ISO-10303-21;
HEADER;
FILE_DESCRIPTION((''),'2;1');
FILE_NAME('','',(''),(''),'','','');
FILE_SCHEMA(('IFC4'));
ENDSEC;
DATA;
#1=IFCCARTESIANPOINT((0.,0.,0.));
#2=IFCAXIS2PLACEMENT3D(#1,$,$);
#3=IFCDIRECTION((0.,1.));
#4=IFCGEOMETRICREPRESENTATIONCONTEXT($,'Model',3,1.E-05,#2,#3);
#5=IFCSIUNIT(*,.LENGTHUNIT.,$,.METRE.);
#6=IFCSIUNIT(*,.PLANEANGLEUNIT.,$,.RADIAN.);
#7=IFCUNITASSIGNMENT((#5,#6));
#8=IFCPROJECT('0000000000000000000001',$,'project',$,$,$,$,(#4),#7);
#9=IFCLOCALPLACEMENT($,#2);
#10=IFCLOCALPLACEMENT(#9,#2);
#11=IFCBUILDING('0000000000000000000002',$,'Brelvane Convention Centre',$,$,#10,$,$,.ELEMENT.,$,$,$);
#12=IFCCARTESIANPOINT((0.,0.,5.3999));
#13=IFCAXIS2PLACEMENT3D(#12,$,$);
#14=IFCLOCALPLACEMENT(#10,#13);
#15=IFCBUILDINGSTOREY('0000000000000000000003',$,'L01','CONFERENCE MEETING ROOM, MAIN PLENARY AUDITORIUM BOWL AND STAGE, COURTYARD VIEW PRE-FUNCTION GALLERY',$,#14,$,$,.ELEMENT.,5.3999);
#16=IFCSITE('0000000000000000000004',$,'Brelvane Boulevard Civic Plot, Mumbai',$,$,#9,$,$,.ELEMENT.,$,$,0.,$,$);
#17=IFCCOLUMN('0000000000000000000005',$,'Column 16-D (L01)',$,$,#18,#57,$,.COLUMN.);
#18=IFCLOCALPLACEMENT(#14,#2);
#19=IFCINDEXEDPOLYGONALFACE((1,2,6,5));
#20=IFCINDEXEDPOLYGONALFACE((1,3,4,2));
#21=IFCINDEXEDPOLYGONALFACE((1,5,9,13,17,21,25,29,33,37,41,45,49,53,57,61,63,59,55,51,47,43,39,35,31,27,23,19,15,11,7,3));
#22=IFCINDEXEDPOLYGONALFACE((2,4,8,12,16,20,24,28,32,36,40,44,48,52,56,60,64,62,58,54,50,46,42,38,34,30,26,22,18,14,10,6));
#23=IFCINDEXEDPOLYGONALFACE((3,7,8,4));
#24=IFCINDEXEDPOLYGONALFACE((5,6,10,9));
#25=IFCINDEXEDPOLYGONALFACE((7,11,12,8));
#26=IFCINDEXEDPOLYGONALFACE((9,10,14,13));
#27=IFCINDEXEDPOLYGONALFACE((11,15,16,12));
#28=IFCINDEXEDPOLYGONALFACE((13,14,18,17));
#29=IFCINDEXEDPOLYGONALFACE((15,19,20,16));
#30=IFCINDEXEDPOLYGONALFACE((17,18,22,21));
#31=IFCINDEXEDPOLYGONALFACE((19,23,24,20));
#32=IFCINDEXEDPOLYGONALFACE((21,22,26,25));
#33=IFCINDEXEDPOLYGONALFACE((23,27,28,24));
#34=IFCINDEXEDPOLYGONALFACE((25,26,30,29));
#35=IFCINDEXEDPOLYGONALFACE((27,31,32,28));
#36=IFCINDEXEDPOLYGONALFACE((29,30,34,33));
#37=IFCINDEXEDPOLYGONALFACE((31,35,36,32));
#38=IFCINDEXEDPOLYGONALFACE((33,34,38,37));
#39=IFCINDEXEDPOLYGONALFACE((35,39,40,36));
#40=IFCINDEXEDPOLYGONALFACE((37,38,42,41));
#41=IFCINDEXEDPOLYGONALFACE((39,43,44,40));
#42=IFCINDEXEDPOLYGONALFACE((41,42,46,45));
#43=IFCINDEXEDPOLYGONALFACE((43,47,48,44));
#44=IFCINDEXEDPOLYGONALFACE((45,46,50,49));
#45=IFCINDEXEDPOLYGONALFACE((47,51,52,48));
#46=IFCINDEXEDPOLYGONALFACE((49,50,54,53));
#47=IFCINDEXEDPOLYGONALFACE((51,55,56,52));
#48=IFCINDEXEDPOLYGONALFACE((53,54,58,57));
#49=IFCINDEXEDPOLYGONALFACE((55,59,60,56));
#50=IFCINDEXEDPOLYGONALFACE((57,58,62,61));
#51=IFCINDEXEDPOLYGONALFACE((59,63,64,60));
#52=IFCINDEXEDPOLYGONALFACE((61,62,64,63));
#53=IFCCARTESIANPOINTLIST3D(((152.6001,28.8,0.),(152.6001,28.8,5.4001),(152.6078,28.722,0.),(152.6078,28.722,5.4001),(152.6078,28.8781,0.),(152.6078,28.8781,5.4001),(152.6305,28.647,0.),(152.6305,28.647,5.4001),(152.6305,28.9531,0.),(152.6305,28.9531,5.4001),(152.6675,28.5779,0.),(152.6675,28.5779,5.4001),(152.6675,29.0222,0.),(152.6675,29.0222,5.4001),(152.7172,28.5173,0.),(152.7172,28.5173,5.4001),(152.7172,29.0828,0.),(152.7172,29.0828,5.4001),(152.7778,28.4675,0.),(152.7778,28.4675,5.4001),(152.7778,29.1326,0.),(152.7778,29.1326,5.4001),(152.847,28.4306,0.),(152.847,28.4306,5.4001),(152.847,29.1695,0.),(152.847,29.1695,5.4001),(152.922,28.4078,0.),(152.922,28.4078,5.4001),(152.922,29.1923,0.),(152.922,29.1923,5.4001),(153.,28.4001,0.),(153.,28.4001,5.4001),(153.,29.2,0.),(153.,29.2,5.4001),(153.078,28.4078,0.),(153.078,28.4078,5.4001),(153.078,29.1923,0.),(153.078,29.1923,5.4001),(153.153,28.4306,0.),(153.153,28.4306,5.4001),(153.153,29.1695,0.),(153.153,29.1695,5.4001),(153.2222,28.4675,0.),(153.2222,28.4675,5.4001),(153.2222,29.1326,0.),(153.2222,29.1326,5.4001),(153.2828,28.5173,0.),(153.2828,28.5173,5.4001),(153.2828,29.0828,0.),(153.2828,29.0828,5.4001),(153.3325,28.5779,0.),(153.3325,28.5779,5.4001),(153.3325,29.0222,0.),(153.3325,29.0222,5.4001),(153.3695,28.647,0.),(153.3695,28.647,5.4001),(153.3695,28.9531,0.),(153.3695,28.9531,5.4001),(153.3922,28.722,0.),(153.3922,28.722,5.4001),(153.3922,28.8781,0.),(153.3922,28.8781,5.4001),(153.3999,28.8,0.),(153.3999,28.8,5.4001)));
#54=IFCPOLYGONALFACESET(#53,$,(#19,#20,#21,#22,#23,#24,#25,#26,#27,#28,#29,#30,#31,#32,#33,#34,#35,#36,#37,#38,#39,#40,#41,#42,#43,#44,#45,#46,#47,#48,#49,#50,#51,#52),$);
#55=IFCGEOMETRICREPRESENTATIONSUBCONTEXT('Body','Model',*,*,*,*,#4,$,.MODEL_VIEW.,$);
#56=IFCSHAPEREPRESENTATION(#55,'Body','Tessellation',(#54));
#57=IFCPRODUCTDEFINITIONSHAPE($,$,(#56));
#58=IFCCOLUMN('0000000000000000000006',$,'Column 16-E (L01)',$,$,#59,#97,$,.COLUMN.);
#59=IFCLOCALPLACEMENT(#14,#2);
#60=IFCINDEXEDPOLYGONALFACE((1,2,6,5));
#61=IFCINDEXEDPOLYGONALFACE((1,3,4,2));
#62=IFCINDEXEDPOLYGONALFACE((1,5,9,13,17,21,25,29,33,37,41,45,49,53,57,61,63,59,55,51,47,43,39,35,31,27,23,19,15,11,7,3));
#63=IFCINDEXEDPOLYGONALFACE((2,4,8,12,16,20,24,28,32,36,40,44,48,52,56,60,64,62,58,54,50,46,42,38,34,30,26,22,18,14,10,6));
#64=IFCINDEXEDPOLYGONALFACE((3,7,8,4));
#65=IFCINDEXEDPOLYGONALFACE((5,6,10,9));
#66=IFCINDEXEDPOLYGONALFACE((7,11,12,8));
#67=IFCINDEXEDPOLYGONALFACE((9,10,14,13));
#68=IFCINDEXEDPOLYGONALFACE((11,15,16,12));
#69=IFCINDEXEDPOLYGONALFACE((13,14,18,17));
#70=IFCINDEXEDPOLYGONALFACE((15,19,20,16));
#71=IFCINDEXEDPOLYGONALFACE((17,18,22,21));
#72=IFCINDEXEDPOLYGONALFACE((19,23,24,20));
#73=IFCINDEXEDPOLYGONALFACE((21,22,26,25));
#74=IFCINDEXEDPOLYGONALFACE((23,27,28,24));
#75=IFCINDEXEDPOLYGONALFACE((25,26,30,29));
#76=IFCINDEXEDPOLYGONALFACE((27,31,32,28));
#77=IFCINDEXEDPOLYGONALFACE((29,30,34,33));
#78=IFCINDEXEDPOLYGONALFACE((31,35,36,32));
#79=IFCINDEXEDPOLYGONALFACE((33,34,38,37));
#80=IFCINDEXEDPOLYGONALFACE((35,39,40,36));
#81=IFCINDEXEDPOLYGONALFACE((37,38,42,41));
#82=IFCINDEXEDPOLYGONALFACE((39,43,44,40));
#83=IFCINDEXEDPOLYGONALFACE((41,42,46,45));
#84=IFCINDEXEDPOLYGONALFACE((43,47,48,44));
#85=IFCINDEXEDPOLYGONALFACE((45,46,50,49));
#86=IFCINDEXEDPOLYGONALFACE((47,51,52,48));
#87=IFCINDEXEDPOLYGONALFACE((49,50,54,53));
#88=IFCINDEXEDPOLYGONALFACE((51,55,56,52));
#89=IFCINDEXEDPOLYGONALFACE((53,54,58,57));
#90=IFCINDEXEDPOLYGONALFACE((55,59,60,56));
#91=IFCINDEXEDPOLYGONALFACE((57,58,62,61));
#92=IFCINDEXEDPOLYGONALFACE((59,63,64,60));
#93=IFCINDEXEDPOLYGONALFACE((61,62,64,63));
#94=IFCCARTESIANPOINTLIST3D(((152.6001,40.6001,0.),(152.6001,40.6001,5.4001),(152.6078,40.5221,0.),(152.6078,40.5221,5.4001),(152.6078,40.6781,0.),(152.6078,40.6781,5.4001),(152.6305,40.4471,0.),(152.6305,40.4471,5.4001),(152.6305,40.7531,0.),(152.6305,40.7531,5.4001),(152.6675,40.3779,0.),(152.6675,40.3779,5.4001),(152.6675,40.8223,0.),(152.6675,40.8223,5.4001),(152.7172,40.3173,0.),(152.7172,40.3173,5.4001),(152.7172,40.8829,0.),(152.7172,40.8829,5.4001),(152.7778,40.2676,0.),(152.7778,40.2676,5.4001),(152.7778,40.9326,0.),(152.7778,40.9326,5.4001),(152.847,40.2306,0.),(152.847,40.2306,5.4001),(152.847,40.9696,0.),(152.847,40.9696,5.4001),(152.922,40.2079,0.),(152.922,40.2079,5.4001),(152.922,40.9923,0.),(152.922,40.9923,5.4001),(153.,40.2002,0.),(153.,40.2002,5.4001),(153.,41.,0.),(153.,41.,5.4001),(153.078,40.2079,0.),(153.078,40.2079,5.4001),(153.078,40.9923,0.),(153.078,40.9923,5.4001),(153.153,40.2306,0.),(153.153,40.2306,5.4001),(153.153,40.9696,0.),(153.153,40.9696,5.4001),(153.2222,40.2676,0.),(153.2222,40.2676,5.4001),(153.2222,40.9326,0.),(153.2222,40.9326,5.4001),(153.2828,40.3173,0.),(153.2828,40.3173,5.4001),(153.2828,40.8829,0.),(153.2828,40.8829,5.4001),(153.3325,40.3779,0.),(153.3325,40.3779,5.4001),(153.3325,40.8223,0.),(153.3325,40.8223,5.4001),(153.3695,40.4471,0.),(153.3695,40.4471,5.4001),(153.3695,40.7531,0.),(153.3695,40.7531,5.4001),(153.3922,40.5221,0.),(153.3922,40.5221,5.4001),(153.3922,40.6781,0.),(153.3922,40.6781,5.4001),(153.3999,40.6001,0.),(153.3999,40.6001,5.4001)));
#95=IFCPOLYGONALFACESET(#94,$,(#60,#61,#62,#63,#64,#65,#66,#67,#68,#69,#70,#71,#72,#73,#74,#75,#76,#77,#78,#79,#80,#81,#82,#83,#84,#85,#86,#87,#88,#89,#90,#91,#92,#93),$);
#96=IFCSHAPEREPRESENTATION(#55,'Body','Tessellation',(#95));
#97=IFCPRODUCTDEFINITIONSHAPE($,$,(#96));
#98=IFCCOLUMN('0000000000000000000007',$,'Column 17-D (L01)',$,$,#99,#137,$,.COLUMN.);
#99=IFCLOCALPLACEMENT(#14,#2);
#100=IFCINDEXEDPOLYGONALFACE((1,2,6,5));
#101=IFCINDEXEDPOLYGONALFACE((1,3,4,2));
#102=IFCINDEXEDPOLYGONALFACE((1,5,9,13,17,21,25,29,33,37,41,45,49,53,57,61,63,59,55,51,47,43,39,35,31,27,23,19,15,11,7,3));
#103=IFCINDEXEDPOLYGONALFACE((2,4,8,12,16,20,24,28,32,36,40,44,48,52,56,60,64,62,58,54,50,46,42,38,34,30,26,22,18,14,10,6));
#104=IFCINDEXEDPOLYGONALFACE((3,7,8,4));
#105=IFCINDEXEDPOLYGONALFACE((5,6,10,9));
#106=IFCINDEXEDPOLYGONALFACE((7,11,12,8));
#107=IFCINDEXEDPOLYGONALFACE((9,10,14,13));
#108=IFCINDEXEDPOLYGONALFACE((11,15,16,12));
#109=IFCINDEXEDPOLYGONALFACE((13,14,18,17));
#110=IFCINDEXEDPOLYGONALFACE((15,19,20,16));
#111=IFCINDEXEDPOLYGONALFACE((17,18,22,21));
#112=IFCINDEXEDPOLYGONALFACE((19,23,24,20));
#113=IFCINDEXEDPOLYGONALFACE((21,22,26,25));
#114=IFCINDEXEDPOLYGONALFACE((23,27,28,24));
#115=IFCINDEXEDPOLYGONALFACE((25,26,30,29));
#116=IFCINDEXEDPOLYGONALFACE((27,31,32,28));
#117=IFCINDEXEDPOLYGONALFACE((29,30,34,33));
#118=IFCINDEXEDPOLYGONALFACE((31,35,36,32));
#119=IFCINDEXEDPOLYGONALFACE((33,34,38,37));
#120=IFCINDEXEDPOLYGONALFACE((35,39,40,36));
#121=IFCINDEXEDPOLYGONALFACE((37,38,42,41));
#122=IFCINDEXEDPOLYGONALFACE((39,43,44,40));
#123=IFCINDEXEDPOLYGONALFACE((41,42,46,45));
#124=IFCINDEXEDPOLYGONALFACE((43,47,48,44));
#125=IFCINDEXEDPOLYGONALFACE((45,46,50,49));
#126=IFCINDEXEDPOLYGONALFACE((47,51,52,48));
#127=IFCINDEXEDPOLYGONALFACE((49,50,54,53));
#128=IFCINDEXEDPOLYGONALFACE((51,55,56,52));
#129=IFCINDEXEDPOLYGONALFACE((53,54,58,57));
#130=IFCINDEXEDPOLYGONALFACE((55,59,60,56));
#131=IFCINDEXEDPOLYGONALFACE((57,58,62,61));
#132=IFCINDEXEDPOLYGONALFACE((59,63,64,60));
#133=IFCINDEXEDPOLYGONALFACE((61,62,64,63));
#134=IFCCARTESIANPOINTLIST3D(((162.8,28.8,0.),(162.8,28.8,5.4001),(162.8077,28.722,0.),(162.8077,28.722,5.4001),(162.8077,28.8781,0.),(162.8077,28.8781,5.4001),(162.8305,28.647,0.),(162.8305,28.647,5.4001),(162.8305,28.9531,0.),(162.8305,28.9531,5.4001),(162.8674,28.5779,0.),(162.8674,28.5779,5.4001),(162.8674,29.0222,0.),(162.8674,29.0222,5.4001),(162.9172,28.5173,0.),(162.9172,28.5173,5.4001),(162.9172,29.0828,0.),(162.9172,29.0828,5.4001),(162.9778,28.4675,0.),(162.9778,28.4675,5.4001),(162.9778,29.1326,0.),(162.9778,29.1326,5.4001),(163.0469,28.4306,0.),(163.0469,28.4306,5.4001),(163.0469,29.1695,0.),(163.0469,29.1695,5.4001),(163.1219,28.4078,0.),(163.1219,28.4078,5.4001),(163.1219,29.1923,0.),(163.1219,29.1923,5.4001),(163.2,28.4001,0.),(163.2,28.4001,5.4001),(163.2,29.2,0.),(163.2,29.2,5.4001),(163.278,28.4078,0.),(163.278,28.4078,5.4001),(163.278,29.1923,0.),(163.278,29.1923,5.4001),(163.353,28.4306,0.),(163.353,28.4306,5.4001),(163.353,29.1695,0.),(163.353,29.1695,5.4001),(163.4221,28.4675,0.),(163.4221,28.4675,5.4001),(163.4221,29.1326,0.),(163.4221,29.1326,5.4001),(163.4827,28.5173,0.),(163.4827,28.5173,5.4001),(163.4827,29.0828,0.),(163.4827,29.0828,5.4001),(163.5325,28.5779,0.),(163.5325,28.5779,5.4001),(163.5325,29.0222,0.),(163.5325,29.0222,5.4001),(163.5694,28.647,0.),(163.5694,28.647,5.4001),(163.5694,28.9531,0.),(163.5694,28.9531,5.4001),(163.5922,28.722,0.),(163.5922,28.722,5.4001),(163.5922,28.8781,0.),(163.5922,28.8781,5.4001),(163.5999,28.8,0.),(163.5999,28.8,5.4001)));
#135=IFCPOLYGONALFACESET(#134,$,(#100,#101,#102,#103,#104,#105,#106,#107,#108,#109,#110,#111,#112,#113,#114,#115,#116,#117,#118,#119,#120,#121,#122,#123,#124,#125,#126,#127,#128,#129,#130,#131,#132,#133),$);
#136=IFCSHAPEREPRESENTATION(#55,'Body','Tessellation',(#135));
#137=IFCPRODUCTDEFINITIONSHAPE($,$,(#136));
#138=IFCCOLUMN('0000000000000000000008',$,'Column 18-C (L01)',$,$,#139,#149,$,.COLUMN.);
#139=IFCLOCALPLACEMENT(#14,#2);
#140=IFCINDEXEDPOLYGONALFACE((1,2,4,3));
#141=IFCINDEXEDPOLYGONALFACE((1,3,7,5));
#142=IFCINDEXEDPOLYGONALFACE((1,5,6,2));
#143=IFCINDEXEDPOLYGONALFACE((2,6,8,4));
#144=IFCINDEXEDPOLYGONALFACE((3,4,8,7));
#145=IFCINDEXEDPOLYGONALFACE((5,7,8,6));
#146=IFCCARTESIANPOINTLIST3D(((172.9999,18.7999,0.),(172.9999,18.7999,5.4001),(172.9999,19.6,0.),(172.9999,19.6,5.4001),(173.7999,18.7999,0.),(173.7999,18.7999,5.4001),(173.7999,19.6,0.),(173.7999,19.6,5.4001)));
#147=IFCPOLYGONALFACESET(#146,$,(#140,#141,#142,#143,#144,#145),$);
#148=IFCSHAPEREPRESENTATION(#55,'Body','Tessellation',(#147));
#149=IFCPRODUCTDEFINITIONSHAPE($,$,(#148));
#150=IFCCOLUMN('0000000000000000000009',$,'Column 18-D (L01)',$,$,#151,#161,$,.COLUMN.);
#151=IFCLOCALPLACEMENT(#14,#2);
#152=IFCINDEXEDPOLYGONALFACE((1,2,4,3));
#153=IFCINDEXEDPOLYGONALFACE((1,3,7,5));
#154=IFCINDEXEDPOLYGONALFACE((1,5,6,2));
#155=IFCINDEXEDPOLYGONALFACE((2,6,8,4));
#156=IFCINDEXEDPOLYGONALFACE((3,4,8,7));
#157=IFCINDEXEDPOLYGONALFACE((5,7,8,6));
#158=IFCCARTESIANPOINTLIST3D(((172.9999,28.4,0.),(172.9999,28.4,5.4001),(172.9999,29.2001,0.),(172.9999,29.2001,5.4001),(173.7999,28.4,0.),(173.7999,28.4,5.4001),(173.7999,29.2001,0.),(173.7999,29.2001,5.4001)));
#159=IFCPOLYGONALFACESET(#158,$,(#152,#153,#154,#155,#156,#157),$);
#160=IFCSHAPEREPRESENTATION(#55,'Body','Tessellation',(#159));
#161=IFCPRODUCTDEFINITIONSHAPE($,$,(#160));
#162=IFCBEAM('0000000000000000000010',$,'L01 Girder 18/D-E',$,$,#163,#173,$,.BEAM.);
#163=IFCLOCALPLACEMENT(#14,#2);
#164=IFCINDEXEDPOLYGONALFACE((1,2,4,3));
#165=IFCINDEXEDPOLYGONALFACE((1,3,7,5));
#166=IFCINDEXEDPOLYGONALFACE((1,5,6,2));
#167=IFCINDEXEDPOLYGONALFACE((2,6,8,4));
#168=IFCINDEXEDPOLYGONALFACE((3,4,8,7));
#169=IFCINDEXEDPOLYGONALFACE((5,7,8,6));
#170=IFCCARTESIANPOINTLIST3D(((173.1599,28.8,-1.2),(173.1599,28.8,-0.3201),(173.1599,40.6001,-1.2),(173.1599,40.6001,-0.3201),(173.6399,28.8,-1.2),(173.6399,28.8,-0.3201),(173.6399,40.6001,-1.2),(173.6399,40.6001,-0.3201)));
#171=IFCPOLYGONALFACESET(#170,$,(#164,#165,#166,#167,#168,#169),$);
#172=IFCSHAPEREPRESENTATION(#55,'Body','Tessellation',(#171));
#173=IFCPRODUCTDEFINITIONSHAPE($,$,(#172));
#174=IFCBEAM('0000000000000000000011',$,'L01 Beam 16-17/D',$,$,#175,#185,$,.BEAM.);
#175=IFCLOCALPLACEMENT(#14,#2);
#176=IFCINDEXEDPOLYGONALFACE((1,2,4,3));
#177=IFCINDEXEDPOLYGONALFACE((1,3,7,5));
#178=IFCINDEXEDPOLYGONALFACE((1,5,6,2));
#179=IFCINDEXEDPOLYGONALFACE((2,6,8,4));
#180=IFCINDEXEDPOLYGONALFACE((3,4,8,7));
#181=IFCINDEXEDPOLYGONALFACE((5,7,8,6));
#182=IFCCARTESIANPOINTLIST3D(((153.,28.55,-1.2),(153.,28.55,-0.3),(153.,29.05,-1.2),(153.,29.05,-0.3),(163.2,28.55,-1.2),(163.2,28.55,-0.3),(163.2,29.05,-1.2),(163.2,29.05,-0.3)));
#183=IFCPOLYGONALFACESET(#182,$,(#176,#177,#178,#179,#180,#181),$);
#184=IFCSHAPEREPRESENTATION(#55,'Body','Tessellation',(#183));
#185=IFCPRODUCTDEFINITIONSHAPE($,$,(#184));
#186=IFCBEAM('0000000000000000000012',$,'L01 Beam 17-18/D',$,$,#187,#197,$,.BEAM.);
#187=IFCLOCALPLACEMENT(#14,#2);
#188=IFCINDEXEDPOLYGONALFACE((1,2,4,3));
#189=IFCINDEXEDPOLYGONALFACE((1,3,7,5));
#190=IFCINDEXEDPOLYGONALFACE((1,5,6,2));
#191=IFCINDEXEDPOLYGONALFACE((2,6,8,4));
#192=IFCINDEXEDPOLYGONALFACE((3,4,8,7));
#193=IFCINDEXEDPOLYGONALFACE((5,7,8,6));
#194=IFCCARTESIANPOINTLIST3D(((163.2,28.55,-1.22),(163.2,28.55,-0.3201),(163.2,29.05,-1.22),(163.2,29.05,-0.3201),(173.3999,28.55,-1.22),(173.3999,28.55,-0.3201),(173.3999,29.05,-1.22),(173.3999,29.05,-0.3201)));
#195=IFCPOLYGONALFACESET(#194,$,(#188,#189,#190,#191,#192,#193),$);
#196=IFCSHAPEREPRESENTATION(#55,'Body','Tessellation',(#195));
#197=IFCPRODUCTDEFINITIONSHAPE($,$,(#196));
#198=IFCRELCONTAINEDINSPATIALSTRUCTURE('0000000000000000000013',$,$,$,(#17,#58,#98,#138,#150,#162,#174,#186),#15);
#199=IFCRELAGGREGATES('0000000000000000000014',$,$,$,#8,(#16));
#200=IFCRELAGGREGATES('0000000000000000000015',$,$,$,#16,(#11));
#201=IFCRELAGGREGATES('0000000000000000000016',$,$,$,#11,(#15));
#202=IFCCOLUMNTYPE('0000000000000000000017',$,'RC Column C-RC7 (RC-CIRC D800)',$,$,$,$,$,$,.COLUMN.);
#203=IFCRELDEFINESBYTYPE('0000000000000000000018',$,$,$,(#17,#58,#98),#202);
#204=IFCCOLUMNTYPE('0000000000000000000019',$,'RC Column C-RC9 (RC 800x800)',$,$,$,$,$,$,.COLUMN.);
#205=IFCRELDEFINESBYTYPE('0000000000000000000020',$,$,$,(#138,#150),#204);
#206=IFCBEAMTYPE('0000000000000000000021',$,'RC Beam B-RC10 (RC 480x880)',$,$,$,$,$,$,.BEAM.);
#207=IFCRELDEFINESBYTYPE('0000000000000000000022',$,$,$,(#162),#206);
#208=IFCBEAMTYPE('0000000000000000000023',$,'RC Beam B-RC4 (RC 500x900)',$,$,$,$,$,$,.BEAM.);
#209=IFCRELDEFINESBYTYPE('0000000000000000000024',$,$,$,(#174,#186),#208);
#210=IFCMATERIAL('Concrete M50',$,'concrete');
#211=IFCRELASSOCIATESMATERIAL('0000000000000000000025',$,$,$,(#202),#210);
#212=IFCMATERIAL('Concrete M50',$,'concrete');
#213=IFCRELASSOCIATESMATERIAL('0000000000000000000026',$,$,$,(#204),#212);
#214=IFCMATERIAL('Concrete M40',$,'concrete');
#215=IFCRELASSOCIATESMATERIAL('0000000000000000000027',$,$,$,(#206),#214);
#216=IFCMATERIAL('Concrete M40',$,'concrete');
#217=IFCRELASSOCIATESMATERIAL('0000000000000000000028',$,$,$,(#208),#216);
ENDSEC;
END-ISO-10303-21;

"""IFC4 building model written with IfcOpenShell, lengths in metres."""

from ifc_helpers import new_model, si_unit, direction, frame, origin, origin_2d, place, context, subcontext, project, spatial, rectangle, circle, extrude, material, material_profile, profile_set, type_object, element, save


model = new_model("IFC4")

# Units and contexts
model_context = context("Model", 3, precision=1e-05, world=origin(), true_north=direction((0.0, 1.0)))
body_context = subcontext(model_context, "Body", "Model", "MODEL_VIEW")
ifc_project = project(units=[si_unit("LENGTHUNIT", "METRE"), si_unit("PLANEANGLEUNIT", "RADIAN")], contexts=[model_context])

# Site, building, storey
site_placement = place(None, origin())
site = spatial("IfcSite", under=ifc_project, at=site_placement, Name="Brelvane Boulevard Civic Plot, Mumbai", CompositionType="ELEMENT", RefElevation=0.0)
building_placement = place(site_placement, origin())
building = spatial("IfcBuilding", under=site, at=building_placement, Name="Brelvane Convention Centre", CompositionType="ELEMENT")
storey_placement = place(building_placement, frame((0.0, 0.0, 5.3999)))
storey = spatial("IfcBuildingStorey", under=building, at=storey_placement, Name="L01", Description="CONFERENCE MEETING ROOM, MAIN PLENARY AUDITORIUM BOWL AND STAGE, COURTYARD VIEW PRE-FUNCTION GALLERY", CompositionType="ELEMENT", Elevation=5.3999)

# Columns
ifc_material_1 = material(Name="Concrete M50", Category="concrete")
ifc_material_profile_1 = material_profile(ifc_material_1, circle(Radius=0.3999, at=origin_2d()), Name="RC-CIRC D800")
ifc_profile_set_1 = profile_set([ifc_material_profile_1], Name="Concrete M50")
column_type_1 = type_object("IfcColumnType", Name="RC Column C-RC7 (RC-CIRC D800)", PredefinedType="COLUMN", material=ifc_profile_set_1)
for number, where, z_axis, x_axis, name in (
    (1, (153.0, 28.8, 0.0), (0.0, 0.0, 1.0), (1.0, 0.0, 0.0), "Column 16-D (L01)"),
    (2, (153.0, 40.6001, 0.0), (0.0, 0.0, 1.0), (1.0, 0.0, 0.0), "Column 16-E (L01)"),
    (3, (163.2, 28.8, 0.0), (0.0, 0.0, 1.0), (1.0, 0.0, 0.0), "Column 17-D (L01)"),
):
    element("IfcColumn", number, at=place(storey_placement, frame(where, z_axis=z_axis, x_axis=x_axis)), inside=storey, type_object=column_type_1, Name=name, PredefinedType="COLUMN", context=body_context, shape_type="SweptSolid", body=[
        extrude(circle(Radius=0.3999, at=origin_2d()), origin(), (0.0, 0.0, 1.0), 5.4001),
    ])
ifc_material_2 = material(Name="Concrete M50", Category="concrete")
ifc_material_profile_2 = material_profile(ifc_material_2, rectangle(XDim=0.8, YDim=0.8, at=origin_2d()), Name="RC 800x800")
ifc_profile_set_2 = profile_set([ifc_material_profile_2], Name="Concrete M50")
column_type_2 = type_object("IfcColumnType", Name="RC Column C-RC9 (RC 800x800)", PredefinedType="COLUMN", material=ifc_profile_set_2)
for number, where, z_axis, x_axis, name in (
    (4, (173.3999, 19.2, 0.0), (0.0, 0.0, 1.0), (1.0, 0.0, 0.0), "Column 18-C (L01)"),
    (5, (173.3999, 28.8, 0.0), (0.0, 0.0, 1.0), (1.0, 0.0, 0.0), "Column 18-D (L01)"),
):
    element("IfcColumn", number, at=place(storey_placement, frame(where, z_axis=z_axis, x_axis=x_axis)), inside=storey, type_object=column_type_2, Name=name, PredefinedType="COLUMN", context=body_context, shape_type="SweptSolid", body=[
        extrude(rectangle(XDim=0.8, YDim=0.8, at=origin_2d()), origin(), (0.0, 0.0, 1.0), 5.4001),
    ])

# Beams
ifc_material_3 = material(Name="Concrete M40", Category="concrete")
ifc_material_profile_3 = material_profile(ifc_material_3, rectangle(XDim=0.48, YDim=0.8799, at=origin_2d()), Name="RC 480x880")
ifc_profile_set_3 = profile_set([ifc_material_profile_3], Name="Concrete M40")
beam_type_1 = type_object("IfcBeamType", Name="RC Beam B-RC10 (RC 480x880)", PredefinedType="BEAM", material=ifc_profile_set_3)
beam_1_placement = place(storey_placement, frame((173.3999, 28.8, -0.76), z_axis=(0.0, 1.0, 0.0), x_axis=(-1.0, 0.0, 0.0)))
element("IfcBeam", 6, at=beam_1_placement, inside=storey, type_object=beam_type_1, Name="L01 Girder 18/D-E", PredefinedType="BEAM", context=body_context, shape_type="SweptSolid", body=[
    extrude(rectangle(XDim=0.48, YDim=0.8799, at=origin_2d()), origin(), (0.0, 0.0, 1.0), 11.8),
])
ifc_material_4 = material(Name="Concrete M40", Category="concrete")
ifc_material_profile_4 = material_profile(ifc_material_4, rectangle(XDim=0.5, YDim=0.8999, at=origin_2d()), Name="RC 500x900")
ifc_profile_set_4 = profile_set([ifc_material_profile_4], Name="Concrete M40")
beam_type_2 = type_object("IfcBeamType", Name="RC Beam B-RC4 (RC 500x900)", PredefinedType="BEAM", material=ifc_profile_set_4)
for number, where, z_axis, x_axis, name in (
    (7, (153.0, 28.8, -0.75), (1.0, 0.0, 0.0), (0.0, 1.0, 0.0), "L01 Beam 16-17/D"),
    (8, (163.2, 28.8, -0.77), (1.0, 0.0, 0.0), (0.0, 1.0, 0.0), "L01 Beam 17-18/D"),
):
    element("IfcBeam", number, at=place(storey_placement, frame(where, z_axis=z_axis, x_axis=x_axis)), inside=storey, type_object=beam_type_2, Name=name, PredefinedType="BEAM", context=body_context, shape_type="SweptSolid", body=[
        extrude(rectangle(XDim=0.5, YDim=0.8999, at=origin_2d()), origin(), (0.0, 0.0, 1.0), 10.2),
    ])

save(model, "model.ifc")
